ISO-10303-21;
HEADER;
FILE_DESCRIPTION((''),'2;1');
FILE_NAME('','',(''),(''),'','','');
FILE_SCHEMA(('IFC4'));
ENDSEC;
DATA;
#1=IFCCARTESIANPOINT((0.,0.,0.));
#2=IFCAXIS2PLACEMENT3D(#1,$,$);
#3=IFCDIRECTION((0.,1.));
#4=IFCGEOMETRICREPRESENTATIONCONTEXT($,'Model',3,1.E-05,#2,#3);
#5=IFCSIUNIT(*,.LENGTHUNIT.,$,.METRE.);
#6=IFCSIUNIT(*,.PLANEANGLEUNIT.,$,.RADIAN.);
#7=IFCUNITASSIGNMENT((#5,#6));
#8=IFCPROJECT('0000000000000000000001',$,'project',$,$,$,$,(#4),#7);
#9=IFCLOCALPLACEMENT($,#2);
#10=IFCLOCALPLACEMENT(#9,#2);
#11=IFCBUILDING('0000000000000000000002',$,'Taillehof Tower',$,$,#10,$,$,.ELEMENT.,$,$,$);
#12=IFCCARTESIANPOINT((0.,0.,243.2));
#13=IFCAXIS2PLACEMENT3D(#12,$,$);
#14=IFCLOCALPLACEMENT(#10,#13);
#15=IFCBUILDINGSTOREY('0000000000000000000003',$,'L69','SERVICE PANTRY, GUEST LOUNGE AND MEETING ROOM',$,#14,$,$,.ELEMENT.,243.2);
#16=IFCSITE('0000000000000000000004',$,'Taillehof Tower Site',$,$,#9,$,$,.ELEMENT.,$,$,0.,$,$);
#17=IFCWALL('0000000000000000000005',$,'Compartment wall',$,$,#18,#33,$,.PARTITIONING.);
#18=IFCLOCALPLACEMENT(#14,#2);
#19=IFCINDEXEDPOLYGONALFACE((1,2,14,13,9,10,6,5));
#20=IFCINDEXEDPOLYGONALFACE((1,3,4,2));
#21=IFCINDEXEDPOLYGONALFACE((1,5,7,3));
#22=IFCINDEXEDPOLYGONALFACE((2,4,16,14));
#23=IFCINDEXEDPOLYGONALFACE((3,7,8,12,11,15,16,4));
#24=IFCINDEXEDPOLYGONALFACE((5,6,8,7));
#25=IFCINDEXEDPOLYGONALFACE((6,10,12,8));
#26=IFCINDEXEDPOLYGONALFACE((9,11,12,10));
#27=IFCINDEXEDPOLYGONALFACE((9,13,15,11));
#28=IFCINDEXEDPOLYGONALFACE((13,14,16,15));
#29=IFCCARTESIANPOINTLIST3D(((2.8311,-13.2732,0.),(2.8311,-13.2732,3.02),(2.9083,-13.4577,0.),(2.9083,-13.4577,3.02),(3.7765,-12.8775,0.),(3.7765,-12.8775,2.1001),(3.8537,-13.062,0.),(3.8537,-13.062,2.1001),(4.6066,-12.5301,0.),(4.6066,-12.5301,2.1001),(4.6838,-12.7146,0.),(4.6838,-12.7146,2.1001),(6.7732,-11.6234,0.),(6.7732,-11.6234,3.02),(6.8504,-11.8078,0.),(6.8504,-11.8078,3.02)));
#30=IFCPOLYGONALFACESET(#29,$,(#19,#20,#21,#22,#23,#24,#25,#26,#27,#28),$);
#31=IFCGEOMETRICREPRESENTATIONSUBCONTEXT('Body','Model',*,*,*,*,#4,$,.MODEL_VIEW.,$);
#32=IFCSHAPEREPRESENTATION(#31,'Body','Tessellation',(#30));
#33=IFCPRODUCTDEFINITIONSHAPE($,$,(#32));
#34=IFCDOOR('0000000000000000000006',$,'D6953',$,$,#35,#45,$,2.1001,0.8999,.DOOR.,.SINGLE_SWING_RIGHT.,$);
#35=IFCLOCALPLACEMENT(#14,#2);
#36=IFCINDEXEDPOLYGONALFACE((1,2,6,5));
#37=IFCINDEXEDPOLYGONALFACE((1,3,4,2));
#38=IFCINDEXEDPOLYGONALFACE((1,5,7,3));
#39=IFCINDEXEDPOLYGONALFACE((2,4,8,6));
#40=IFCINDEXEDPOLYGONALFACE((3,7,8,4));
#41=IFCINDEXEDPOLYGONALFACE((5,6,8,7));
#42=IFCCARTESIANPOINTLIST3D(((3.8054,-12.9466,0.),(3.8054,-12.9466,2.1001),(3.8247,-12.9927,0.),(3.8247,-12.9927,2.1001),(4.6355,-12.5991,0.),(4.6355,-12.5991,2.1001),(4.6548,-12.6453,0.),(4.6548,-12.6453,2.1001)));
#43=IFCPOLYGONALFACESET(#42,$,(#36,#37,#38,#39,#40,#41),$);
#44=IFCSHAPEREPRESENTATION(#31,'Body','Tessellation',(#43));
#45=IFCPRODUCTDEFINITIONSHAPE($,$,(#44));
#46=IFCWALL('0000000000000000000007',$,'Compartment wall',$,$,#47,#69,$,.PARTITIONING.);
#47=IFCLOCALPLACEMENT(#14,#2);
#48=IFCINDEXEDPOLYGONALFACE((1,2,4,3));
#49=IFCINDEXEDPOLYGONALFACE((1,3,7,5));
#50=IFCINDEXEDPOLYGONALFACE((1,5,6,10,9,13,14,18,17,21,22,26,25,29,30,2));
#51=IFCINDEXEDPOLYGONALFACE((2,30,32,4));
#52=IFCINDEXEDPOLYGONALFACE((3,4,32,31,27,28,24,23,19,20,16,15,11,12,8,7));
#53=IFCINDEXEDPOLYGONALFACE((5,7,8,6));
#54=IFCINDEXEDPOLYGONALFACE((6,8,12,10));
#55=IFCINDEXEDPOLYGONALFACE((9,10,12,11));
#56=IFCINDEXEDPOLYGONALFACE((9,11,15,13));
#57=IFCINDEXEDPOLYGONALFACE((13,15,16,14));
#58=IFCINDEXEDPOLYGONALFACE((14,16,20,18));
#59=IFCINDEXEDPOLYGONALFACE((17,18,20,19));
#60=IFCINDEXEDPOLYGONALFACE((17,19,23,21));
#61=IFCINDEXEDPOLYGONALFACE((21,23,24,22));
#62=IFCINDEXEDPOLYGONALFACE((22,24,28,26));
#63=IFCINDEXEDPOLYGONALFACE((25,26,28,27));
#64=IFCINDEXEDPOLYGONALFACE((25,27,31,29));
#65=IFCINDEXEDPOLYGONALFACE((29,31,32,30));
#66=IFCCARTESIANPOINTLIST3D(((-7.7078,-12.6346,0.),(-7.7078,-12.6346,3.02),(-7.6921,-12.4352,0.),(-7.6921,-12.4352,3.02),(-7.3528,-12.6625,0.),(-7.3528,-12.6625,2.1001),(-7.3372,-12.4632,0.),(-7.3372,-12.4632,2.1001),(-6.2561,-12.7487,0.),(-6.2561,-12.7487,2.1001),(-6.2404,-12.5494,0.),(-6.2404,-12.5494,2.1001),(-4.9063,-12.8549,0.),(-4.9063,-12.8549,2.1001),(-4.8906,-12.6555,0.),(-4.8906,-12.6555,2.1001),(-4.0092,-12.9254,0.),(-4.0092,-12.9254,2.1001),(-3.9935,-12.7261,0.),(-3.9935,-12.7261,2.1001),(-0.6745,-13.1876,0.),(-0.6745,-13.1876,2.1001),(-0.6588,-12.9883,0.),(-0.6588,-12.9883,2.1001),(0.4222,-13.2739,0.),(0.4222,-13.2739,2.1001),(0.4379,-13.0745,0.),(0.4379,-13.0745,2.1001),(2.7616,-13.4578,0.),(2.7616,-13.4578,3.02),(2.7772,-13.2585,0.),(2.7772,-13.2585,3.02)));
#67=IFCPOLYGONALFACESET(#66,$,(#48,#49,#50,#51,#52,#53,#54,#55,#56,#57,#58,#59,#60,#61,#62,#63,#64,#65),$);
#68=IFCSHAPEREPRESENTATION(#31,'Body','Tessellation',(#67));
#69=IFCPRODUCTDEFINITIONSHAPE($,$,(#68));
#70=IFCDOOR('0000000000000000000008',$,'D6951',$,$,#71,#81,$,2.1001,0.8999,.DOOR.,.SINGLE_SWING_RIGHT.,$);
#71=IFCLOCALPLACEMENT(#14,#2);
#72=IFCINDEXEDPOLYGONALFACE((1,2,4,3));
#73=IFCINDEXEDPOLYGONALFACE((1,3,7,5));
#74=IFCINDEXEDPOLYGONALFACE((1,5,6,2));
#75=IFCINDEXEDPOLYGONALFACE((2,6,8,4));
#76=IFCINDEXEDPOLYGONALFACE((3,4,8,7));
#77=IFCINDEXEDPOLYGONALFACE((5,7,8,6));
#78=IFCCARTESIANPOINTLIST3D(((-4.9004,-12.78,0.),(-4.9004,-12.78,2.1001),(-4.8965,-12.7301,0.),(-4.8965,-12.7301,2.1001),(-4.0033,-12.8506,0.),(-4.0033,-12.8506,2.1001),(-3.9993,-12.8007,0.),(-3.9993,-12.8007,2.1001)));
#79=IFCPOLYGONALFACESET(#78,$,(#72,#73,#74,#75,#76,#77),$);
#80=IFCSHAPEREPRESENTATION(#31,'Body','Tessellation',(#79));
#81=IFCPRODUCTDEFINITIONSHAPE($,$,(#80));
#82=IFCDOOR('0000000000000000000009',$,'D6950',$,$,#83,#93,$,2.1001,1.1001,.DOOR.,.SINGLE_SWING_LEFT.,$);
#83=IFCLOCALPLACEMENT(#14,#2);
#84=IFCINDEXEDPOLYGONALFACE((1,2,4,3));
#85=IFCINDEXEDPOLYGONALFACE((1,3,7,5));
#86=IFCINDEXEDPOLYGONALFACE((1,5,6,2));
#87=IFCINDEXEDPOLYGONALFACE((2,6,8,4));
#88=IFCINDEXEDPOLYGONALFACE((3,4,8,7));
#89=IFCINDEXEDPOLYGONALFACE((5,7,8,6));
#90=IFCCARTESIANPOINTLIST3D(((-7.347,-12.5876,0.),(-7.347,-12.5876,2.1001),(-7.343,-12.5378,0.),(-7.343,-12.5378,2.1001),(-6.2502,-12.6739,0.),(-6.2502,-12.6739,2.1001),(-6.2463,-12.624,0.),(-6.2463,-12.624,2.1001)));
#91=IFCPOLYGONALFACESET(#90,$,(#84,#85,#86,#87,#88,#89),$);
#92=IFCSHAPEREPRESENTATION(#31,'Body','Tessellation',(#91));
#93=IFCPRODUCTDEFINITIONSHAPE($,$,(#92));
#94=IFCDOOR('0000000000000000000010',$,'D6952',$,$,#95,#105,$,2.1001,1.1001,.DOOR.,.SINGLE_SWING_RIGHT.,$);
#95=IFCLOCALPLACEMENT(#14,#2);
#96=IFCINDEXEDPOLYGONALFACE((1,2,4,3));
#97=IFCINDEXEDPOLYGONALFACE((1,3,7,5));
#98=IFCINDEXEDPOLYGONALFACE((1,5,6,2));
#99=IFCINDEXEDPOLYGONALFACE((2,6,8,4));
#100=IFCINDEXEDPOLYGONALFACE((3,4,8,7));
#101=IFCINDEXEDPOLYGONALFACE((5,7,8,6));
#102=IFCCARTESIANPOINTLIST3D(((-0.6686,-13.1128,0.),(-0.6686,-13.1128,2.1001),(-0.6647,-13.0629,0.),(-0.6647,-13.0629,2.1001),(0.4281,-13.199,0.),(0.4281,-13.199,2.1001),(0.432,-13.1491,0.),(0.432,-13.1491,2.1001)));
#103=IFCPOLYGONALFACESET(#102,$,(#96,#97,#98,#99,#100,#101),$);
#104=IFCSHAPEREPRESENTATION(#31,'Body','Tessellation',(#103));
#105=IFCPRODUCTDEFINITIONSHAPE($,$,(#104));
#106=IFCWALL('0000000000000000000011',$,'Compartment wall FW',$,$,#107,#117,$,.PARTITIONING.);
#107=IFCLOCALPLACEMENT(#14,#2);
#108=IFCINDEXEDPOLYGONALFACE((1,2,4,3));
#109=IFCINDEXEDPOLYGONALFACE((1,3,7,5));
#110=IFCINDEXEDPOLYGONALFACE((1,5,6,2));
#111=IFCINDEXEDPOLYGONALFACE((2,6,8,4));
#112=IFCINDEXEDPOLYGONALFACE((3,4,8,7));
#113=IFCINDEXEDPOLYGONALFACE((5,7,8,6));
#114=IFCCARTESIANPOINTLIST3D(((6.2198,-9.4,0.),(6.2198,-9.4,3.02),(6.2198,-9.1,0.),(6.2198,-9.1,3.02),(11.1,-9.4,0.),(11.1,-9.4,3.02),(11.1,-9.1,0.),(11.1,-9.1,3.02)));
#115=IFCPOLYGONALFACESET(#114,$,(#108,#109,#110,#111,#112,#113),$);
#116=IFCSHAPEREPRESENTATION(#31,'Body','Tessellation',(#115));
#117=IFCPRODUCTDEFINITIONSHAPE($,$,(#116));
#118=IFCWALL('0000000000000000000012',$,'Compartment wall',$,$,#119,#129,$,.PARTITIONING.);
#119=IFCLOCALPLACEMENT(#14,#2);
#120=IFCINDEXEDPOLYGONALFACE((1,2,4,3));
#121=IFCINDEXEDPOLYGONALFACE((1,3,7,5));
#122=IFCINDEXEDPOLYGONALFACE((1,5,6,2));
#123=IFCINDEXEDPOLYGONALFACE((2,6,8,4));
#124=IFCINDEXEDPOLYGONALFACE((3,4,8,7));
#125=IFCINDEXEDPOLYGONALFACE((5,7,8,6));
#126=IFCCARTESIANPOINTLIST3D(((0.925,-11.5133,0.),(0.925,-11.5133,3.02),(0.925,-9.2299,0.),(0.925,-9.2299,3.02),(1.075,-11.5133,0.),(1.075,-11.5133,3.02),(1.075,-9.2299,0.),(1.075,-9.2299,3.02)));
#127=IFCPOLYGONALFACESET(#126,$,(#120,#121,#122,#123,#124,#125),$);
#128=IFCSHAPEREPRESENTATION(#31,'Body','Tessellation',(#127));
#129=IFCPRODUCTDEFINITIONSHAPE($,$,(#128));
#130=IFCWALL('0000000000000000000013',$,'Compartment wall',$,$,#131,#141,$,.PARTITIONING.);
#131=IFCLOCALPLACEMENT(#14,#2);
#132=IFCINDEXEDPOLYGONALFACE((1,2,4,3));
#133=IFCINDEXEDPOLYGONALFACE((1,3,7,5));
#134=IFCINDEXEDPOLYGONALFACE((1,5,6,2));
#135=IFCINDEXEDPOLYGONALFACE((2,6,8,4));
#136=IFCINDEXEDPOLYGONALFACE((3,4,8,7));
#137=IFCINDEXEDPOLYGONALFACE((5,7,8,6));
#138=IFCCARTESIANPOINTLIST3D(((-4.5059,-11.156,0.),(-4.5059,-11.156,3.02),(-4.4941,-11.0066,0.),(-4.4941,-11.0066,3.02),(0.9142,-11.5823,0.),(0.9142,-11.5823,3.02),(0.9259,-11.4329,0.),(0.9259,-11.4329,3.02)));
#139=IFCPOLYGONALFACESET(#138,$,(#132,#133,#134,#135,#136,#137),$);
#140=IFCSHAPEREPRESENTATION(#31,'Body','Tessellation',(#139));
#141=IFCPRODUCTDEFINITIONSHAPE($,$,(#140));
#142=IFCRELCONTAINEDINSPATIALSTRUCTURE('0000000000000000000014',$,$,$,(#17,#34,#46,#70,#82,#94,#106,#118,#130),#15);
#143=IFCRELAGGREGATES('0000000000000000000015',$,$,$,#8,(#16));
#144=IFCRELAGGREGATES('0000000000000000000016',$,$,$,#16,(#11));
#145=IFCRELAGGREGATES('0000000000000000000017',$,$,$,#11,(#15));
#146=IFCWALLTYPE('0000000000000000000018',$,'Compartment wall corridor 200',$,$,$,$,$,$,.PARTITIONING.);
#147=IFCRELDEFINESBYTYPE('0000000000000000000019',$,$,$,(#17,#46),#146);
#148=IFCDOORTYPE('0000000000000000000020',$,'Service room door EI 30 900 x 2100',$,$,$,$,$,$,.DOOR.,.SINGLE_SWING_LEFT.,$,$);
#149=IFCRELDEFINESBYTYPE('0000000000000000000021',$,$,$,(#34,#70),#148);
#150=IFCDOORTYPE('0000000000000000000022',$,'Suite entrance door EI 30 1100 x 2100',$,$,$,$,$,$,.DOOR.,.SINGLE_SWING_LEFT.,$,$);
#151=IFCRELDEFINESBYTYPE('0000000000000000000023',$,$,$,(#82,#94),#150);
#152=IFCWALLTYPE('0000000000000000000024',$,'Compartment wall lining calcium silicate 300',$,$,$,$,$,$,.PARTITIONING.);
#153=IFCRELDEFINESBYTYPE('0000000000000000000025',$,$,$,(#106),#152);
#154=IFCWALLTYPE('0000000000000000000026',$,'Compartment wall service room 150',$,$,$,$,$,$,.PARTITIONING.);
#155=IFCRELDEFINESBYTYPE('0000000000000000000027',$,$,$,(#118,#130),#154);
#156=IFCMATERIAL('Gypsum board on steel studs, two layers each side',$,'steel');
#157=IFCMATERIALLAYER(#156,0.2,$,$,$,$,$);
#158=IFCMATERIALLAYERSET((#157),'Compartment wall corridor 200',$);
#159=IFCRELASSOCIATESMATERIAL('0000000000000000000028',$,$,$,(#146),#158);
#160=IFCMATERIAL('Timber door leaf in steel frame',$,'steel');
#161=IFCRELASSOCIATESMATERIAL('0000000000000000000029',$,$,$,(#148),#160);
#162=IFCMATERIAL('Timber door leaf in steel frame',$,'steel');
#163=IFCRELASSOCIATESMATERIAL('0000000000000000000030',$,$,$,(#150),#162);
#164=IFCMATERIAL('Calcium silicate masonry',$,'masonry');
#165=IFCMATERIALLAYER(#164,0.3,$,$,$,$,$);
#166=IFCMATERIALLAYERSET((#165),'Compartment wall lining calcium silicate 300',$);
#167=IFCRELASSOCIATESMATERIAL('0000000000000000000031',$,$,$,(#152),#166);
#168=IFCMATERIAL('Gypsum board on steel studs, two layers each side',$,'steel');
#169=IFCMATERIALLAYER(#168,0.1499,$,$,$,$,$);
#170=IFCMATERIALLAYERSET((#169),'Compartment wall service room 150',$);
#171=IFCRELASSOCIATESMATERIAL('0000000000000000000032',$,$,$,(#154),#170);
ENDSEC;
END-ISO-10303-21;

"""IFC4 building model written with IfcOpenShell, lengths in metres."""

from ifc_helpers import new_model, si_unit, direction, frame, frame_2d, origin, place, context, subcontext, project, spatial, rectangle, extrude, material, layer, layer_set, type_object, element, fill, save


model = new_model("IFC4")

# Units and contexts
model_context = context("Model", 3, precision=1e-05, world=origin(), true_north=direction((0.0, 1.0)))
body_context = subcontext(model_context, "Body", "Model", "MODEL_VIEW")
ifc_project = project(units=[si_unit("LENGTHUNIT", "METRE"), si_unit("PLANEANGLEUNIT", "RADIAN")], contexts=[model_context])

# Site, building, storey
site_placement = place(None, origin())
site = spatial("IfcSite", under=ifc_project, at=site_placement, Name="Taillehof Tower Site", CompositionType="ELEMENT", RefElevation=0.0)
building_placement = place(site_placement, origin())
building = spatial("IfcBuilding", under=site, at=building_placement, Name="Taillehof Tower", CompositionType="ELEMENT")
storey_placement = place(building_placement, frame((0.0, 0.0, 243.2)))
storey = spatial("IfcBuildingStorey", under=building, at=storey_placement, Name="L69", Description="SERVICE PANTRY, GUEST LOUNGE AND MEETING ROOM", CompositionType="ELEMENT", Elevation=243.2)

# Wall, opening, door
ifc_material_1 = material(Name="Gypsum board on steel studs, two layers each side", Category="steel")
ifc_layer_1 = layer(ifc_material_1, 0.2)
ifc_layer_set_1 = layer_set([ifc_layer_1], Name="Compartment wall corridor 200")
wall_type_1 = type_object("IfcWallType", Name="Compartment wall corridor 200", PredefinedType="PARTITIONING", material=ifc_layer_set_1)
wall_1_placement = place(storey_placement, frame((6.8118, -11.7156, 0.0), z_axis=(0.0, 0.0, 1.0), x_axis=(-0.922466, -0.386079, 0.0)))
wall_1 = element("IfcWall", 1, at=wall_1_placement, inside=storey, type_object=wall_type_1, Name="Compartment wall", PredefinedType="PARTITIONING", context=body_context, shape_type="SweptSolid", body=[
    extrude(rectangle(XDim=4.2734, YDim=0.2, at=frame_2d((2.1367, 0.0))), origin(), (0.0, 0.0, 1.0), 3.02),
])
opening_1_placement = place(wall_1_placement, frame((2.3486, 0.0, 0.0)))
opening_1 = element("IfcOpeningElement", 2, at=opening_1_placement, cuts=wall_1, PredefinedType="OPENING", context=body_context, shape_type="SweptSolid", body=[
    extrude(rectangle(XDim=0.8999, YDim=2.1001, at=frame_2d((0.45, 1.05))), frame((0.0, 0.1099, 0.0), z_axis=(0.0, -1.0, 0.0), x_axis=(1.0, 0.0, 0.0)), (0.0, 0.0, 1.0), 0.22),
])
ifc_material_2 = material(Name="Timber door leaf in steel frame", Category="steel")
door_type_1 = type_object("IfcDoorType", Name="Service room door EI 30 900 x 2100", OperationType="SINGLE_SWING_LEFT", PredefinedType="DOOR", material=ifc_material_2)
door_1_placement = place(opening_1_placement, origin())
door_1 = element("IfcDoor", 3, at=door_1_placement, inside=storey, type_object=door_type_1, Name="D6953", OperationType="SINGLE_SWING_RIGHT", OverallHeight=2.1001, OverallWidth=0.8999, PredefinedType="DOOR", context=body_context, shape_type="SweptSolid", body=[
    extrude(rectangle(XDim=0.8999, YDim=2.1001, at=frame_2d((0.45, 1.05))), frame((0.0, 0.0249, 0.0), z_axis=(0.0, -1.0, 0.0), x_axis=(1.0, 0.0, 0.0)), (0.0, 0.0, 1.0), 0.05),
])
fill(opening_1, door_1)

# Wall, openings, doors
wall_2_placement = place(storey_placement, frame((2.7695, -13.3582, 0.0), z_axis=(0.0, 0.0, 1.0), x_axis=(-0.996923, 0.078391, 0.0)))
wall_2 = element("IfcWall", 4, at=wall_2_placement, inside=storey, type_object=wall_type_1, Name="Compartment wall", PredefinedType="PARTITIONING", context=body_context, shape_type="SweptSolid", body=[
    extrude(rectangle(XDim=10.5017, YDim=0.2, at=frame_2d((5.251, 0.0))), origin(), (0.0, 0.0, 1.0), 3.02),
])
opening_2_placement = place(wall_2_placement, frame((9.0457, 0.0, 0.0)))
opening_2 = element("IfcOpeningElement", 5, at=opening_2_placement, cuts=wall_2, PredefinedType="OPENING", context=body_context, shape_type="SweptSolid", body=[
    extrude(rectangle(XDim=1.1001, YDim=2.1001, at=frame_2d((0.55, 1.05))), frame((0.0, 0.1099, 0.0), z_axis=(0.0, -1.0, 0.0), x_axis=(1.0, 0.0, 0.0)), (0.0, 0.0, 1.0), 0.22),
])
opening_3_placement = place(wall_2_placement, frame((6.7917, 0.0, 0.0)))
opening_3 = element("IfcOpeningElement", 6, at=opening_3_placement, cuts=wall_2, PredefinedType="OPENING", context=body_context, shape_type="SweptSolid", body=[
    extrude(rectangle(XDim=0.8999, YDim=2.1001, at=frame_2d((0.45, 1.05))), frame((0.0, 0.1099, 0.0), z_axis=(0.0, -1.0, 0.0), x_axis=(1.0, 0.0, 0.0)), (0.0, 0.0, 1.0), 0.22),
])
opening_4_placement = place(wall_2_placement, frame((2.3467, 0.0, 0.0)))
opening_4 = element("IfcOpeningElement", 7, at=opening_4_placement, cuts=wall_2, PredefinedType="OPENING", context=body_context, shape_type="SweptSolid", body=[
    extrude(rectangle(XDim=1.1001, YDim=2.1001, at=frame_2d((0.55, 1.05))), frame((0.0, 0.1099, 0.0), z_axis=(0.0, -1.0, 0.0), x_axis=(1.0, 0.0, 0.0)), (0.0, 0.0, 1.0), 0.22),
])
door_2_placement = place(opening_3_placement, origin())
door_2 = element("IfcDoor", 8, at=door_2_placement, inside=storey, type_object=door_type_1, Name="D6951", OperationType="SINGLE_SWING_RIGHT", OverallHeight=2.1001, OverallWidth=0.8999, PredefinedType="DOOR", context=body_context, shape_type="SweptSolid", body=[
    extrude(rectangle(XDim=0.8999, YDim=2.1001, at=frame_2d((0.45, 1.05))), frame((0.0, 0.0249, 0.0), z_axis=(0.0, -1.0, 0.0), x_axis=(1.0, 0.0, 0.0)), (0.0, 0.0, 1.0), 0.05),
])
fill(opening_3, door_2)
ifc_material_3 = material(Name="Timber door leaf in steel frame", Category="steel")
door_type_2 = type_object("IfcDoorType", Name="Suite entrance door EI 30 1100 x 2100", OperationType="SINGLE_SWING_LEFT", PredefinedType="DOOR", material=ifc_material_3)
door_3_placement = place(opening_2_placement, origin())
door_3 = element("IfcDoor", 9, at=door_3_placement, inside=storey, type_object=door_type_2, Name="D6950", OperationType="SINGLE_SWING_LEFT", OverallHeight=2.1001, OverallWidth=1.1001, PredefinedType="DOOR", context=body_context, shape_type="SweptSolid", body=[
    extrude(rectangle(XDim=1.1001, YDim=2.1001, at=frame_2d((0.55, 1.05))), frame((0.0, 0.0249, 0.0), z_axis=(0.0, -1.0, 0.0), x_axis=(1.0, 0.0, 0.0)), (0.0, 0.0, 1.0), 0.05),
])
fill(opening_2, door_3)
door_4_placement = place(opening_4_placement, origin())
door_4 = element("IfcDoor", 10, at=door_4_placement, inside=storey, type_object=door_type_2, Name="D6952", OperationType="SINGLE_SWING_RIGHT", OverallHeight=2.1001, OverallWidth=1.1001, PredefinedType="DOOR", context=body_context, shape_type="SweptSolid", body=[
    extrude(rectangle(XDim=1.1001, YDim=2.1001, at=frame_2d((0.55, 1.05))), frame((0.0, 0.0249, 0.0), z_axis=(0.0, -1.0, 0.0), x_axis=(1.0, 0.0, 0.0)), (0.0, 0.0, 1.0), 0.05),
])
fill(opening_4, door_4)

# Walls
ifc_material_4 = material(Name="Calcium silicate masonry", Category="masonry")
ifc_layer_2 = layer(ifc_material_4, 0.3)
ifc_layer_set_2 = layer_set([ifc_layer_2], Name="Compartment wall lining calcium silicate 300")
wall_type_2 = type_object("IfcWallType", Name="Compartment wall lining calcium silicate 300", PredefinedType="PARTITIONING", material=ifc_layer_set_2)
wall_3_placement = place(storey_placement, frame((6.22, -9.25, 0.0), z_axis=(0.0, 0.0, 1.0), x_axis=(1.0, 0.0, 0.0)))
element("IfcWall", 11, at=wall_3_placement, inside=storey, type_object=wall_type_2, Name="Compartment wall FW", PredefinedType="PARTITIONING", context=body_context, shape_type="SweptSolid", body=[
    extrude(rectangle(XDim=4.8801, YDim=0.3, at=frame_2d((2.4399, 0.0))), origin(), (0.0, 0.0, 1.0), 3.02),
])
ifc_material_5 = material(Name="Gypsum board on steel studs, two layers each side", Category="steel")
ifc_layer_3 = layer(ifc_material_5, 0.1499)
ifc_layer_set_3 = layer_set([ifc_layer_3], Name="Compartment wall service room 150")
wall_type_3 = type_object("IfcWallType", Name="Compartment wall service room 150", PredefinedType="PARTITIONING", material=ifc_layer_set_3)
wall_4_placement = place(storey_placement, frame((1.0, -9.23, 0.0), z_axis=(0.0, 0.0, 1.0), x_axis=(0.0, -1.0, 0.0)))
element("IfcWall", 12, at=wall_4_placement, inside=storey, type_object=wall_type_3, Name="Compartment wall", PredefinedType="PARTITIONING", context=body_context, shape_type="SweptSolid", body=[
    extrude(rectangle(XDim=2.2834, YDim=0.1499, at=frame_2d((1.1416, 0.0))), origin(), (0.0, 0.0, 1.0), 3.02),
])
wall_5_placement = place(storey_placement, frame((0.9199, -11.5076, 0.0), z_axis=(0.0, 0.0, 1.0), x_axis=(-0.996921, 0.078407, 0.0)))
element("IfcWall", 13, at=wall_5_placement, inside=storey, type_object=wall_type_3, Name="Compartment wall", PredefinedType="PARTITIONING", context=body_context, shape_type="SweptSolid", body=[
    extrude(rectangle(XDim=5.4368, YDim=0.1499, at=frame_2d((2.7183, 0.0))), origin(), (0.0, 0.0, 1.0), 3.02),
])

save(model, "model.ifc")
